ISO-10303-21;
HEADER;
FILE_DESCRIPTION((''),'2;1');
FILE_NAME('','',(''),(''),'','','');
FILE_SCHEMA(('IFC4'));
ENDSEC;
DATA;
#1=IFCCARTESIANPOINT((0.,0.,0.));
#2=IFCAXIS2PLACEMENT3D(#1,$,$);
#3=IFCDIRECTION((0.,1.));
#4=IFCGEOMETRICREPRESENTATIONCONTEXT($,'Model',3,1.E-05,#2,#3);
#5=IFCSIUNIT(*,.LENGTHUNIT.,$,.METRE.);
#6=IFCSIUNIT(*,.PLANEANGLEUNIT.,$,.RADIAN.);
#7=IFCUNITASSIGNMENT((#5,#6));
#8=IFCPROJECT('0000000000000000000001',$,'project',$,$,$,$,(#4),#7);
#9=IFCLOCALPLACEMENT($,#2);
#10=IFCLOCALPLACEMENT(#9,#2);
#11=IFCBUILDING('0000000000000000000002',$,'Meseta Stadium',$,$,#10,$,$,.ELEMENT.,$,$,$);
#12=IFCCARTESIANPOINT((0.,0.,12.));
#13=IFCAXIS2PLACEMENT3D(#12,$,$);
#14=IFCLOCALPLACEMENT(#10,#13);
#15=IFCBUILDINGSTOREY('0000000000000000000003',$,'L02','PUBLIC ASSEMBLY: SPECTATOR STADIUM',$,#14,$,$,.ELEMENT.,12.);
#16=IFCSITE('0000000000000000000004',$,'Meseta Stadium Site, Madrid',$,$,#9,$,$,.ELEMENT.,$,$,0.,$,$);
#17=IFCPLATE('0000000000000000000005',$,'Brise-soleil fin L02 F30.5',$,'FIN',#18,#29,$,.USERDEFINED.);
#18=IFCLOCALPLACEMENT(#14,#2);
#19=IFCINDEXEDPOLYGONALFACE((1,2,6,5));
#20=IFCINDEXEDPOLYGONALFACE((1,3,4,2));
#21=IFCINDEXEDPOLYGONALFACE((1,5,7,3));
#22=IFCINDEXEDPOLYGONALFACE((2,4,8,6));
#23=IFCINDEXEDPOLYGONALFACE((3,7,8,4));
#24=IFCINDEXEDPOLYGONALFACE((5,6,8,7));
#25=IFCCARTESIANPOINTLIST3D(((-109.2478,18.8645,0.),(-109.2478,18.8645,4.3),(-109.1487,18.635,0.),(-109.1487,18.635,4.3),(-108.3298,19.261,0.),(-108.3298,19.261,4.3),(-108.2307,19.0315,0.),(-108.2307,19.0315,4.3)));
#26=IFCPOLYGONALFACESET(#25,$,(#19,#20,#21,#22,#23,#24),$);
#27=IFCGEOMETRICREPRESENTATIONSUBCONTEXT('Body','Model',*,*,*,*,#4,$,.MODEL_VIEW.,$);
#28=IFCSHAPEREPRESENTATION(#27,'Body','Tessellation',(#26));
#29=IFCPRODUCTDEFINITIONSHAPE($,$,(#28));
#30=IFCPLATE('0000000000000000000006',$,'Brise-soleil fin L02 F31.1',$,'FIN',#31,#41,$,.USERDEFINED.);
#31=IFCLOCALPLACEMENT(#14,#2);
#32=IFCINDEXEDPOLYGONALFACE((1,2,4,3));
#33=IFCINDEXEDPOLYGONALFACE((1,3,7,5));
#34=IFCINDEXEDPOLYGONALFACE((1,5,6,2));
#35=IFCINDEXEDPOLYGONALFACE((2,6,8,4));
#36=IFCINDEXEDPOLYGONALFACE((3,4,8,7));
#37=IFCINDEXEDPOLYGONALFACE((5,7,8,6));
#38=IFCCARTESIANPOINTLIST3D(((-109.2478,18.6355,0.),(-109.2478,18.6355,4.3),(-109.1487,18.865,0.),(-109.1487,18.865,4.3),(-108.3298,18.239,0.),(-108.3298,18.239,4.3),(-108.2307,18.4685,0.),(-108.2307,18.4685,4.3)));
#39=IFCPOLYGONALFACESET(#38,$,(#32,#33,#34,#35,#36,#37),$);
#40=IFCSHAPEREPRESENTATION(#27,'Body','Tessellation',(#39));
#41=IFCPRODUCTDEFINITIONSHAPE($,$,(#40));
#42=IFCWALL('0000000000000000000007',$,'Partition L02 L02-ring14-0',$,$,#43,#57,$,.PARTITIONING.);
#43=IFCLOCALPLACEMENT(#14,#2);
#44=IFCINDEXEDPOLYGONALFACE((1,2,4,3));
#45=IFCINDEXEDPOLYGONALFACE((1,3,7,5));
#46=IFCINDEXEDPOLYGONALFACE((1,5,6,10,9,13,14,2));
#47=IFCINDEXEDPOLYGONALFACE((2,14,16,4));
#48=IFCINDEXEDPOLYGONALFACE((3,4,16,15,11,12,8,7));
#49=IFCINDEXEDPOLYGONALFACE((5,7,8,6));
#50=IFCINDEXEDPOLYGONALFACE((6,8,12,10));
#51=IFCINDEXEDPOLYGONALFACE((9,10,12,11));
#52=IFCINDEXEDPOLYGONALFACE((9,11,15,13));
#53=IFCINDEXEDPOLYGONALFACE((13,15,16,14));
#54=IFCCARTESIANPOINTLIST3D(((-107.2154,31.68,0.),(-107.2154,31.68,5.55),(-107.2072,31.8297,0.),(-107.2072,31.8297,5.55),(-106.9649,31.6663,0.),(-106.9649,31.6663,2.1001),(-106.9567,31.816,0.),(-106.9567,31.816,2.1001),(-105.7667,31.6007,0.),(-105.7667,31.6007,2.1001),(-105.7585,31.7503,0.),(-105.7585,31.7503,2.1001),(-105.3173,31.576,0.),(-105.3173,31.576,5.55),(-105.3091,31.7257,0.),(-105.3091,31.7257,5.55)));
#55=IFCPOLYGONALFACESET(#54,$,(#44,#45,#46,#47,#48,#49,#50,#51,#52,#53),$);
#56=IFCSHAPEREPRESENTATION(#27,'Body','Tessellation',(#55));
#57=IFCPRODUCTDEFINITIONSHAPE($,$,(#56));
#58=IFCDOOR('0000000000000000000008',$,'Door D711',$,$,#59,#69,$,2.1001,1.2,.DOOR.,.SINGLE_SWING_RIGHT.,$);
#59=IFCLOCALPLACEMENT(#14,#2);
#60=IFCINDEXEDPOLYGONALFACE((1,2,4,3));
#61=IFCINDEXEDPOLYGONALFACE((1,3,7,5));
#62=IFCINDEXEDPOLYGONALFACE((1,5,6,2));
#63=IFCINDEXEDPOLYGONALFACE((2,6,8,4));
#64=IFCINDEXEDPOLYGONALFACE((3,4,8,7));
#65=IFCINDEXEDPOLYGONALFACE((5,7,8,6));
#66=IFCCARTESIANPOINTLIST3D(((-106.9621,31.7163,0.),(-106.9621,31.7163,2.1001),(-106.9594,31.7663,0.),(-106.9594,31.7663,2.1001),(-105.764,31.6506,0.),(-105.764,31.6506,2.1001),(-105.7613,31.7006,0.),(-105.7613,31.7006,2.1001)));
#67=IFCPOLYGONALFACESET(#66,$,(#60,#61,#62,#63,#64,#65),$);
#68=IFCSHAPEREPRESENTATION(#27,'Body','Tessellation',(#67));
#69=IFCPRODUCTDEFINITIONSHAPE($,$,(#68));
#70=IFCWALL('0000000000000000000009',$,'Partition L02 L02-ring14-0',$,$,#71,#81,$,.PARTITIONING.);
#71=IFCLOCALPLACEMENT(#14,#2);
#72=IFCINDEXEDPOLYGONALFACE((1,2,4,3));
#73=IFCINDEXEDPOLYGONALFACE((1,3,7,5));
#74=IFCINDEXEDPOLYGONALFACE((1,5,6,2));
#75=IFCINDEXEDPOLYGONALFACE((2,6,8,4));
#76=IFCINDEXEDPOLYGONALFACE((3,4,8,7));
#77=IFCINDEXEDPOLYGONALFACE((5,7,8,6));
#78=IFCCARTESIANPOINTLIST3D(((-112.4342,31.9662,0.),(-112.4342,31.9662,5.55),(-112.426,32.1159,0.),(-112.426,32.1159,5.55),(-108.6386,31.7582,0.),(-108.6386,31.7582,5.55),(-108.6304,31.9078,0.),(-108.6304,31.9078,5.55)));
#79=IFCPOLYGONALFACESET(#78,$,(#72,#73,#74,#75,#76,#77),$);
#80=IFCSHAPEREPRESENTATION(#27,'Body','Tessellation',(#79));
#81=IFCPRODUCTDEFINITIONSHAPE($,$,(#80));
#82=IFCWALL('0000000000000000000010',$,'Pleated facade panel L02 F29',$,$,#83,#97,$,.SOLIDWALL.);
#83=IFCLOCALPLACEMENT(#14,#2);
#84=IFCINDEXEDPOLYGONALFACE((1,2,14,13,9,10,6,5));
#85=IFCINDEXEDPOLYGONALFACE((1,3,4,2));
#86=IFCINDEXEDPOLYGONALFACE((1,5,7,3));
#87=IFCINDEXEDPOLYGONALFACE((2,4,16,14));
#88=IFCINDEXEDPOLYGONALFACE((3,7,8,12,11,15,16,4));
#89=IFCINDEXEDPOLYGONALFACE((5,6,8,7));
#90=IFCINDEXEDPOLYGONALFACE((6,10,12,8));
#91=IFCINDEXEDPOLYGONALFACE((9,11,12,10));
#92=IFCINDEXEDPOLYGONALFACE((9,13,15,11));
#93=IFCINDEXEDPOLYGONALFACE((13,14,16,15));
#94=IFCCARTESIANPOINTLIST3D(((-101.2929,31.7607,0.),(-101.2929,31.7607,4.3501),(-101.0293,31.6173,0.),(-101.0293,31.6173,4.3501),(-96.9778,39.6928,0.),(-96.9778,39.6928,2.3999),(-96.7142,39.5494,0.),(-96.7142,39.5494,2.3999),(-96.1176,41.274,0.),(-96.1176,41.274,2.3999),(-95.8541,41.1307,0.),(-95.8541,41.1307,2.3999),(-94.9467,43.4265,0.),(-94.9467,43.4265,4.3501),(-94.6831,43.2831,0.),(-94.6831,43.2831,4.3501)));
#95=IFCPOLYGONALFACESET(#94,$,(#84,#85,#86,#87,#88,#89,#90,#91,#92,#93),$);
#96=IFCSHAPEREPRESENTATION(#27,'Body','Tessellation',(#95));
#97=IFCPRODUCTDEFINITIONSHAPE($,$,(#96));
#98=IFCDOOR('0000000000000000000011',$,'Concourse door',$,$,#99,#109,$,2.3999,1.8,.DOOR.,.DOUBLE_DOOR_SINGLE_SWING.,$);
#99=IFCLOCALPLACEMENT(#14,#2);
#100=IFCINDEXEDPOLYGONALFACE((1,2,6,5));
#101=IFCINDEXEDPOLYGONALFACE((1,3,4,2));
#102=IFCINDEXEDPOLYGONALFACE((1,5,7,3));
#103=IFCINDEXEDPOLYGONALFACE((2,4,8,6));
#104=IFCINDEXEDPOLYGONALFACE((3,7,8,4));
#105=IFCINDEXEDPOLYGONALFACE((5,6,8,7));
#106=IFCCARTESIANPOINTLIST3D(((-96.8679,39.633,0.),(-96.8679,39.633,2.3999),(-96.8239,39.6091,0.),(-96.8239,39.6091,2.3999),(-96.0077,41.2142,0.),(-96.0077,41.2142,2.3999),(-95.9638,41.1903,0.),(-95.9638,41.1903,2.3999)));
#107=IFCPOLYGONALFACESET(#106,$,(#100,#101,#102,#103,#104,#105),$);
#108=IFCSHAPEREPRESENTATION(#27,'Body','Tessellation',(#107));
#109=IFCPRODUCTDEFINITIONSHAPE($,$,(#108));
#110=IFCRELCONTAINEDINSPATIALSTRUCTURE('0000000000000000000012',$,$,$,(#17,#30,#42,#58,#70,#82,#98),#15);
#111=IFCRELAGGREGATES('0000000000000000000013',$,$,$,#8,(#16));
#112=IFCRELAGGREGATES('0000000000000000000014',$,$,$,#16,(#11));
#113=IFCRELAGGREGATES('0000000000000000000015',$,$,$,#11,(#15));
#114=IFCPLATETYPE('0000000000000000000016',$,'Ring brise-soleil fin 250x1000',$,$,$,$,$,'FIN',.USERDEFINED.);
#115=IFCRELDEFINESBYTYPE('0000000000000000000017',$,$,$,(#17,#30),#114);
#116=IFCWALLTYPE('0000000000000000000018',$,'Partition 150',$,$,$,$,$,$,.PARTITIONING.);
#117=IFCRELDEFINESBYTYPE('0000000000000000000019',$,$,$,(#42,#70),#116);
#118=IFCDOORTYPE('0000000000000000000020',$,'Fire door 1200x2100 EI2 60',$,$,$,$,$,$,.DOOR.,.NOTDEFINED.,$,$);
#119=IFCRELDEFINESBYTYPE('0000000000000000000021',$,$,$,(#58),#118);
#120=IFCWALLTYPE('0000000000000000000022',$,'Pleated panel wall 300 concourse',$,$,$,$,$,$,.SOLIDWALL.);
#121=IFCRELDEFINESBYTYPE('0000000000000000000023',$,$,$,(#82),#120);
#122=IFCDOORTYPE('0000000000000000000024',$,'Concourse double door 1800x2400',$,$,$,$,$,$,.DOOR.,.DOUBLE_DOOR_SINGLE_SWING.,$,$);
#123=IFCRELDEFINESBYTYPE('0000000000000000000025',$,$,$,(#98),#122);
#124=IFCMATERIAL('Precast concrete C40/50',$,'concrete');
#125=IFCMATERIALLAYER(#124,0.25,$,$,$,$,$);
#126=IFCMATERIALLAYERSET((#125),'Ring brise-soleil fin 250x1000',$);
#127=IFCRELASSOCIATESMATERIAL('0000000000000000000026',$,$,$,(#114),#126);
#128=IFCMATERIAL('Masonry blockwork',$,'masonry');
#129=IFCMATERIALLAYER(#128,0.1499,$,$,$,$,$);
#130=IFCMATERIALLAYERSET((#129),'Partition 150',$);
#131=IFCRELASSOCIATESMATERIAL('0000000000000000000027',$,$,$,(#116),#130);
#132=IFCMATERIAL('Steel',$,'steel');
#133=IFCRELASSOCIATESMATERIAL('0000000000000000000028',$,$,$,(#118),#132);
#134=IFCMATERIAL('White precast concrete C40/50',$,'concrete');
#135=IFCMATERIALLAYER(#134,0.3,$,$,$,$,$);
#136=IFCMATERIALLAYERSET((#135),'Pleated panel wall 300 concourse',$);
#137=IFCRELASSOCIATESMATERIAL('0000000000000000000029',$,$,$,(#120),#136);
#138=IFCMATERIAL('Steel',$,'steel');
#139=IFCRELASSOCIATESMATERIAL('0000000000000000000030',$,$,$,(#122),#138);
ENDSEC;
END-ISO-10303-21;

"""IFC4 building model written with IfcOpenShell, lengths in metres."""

from ifc_helpers import new_model, si_unit, direction, frame, frame_2d, origin, origin_2d, place, context, subcontext, project, spatial, rectangle, extrude, material, layer, layer_set, type_object, element, fill, save


model = new_model("IFC4")

# Units and contexts
model_context = context("Model", 3, precision=1e-05, world=origin(), true_north=direction((0.0, 1.0)))
body_context = subcontext(model_context, "Body", "Model", "MODEL_VIEW")
ifc_project = project(units=[si_unit("LENGTHUNIT", "METRE"), si_unit("PLANEANGLEUNIT", "RADIAN")], contexts=[model_context])

# Site, building, storey
site_placement = place(None, origin())
site = spatial("IfcSite", under=ifc_project, at=site_placement, Name="Meseta Stadium Site, Madrid", CompositionType="ELEMENT", RefElevation=0.0)
building_placement = place(site_placement, origin())
building = spatial("IfcBuilding", under=site, at=building_placement, Name="Meseta Stadium", CompositionType="ELEMENT")
storey_placement = place(building_placement, frame((0.0, 0.0, 12.0)))
storey = spatial("IfcBuildingStorey", under=building, at=storey_placement, Name="L02", Description="PUBLIC ASSEMBLY: SPECTATOR STADIUM", CompositionType="ELEMENT", Elevation=12.0)

# Plates
ifc_material_1 = material(Name="Precast concrete C40/50", Category="concrete")
ifc_layer_1 = layer(ifc_material_1, 0.25)
ifc_layer_set_1 = layer_set([ifc_layer_1], Name="Ring brise-soleil fin 250x1000")
plate_type_1 = type_object("IfcPlateType", Name="Ring brise-soleil fin 250x1000", ElementType="FIN", PredefinedType="USERDEFINED", material=ifc_layer_set_1)
for number, where, z_axis, x_axis, name in (
    (1, (-108.7393, 18.948, 0.0), (0.0, 0.0, 1.0), (0.396576, -0.918002, 0.0), "Brise-soleil fin L02 F30.5"),
    (2, (-108.7393, 18.552, 0.0), (0.0, 0.0, 1.0), (-0.396576, -0.918002, 0.0), "Brise-soleil fin L02 F31.1"),
):
    element("IfcPlate", number, at=place(storey_placement, frame(where, z_axis=z_axis, x_axis=x_axis)), inside=storey, type_object=plate_type_1, Name=name, ObjectType="FIN", PredefinedType="USERDEFINED", context=body_context, shape_type="SweptSolid", body=[
        extrude(rectangle(XDim=0.25, YDim=1.0, at=origin_2d()), origin(), (0.0, 0.0, 1.0), 4.3),
    ])

# Wall, opening, door
ifc_material_2 = material(Name="Masonry blockwork", Category="masonry")
ifc_layer_2 = layer(ifc_material_2, 0.1499)
ifc_layer_set_2 = layer_set([ifc_layer_2], Name="Partition 150")
wall_type_1 = type_object("IfcWallType", Name="Partition 150", PredefinedType="PARTITIONING", material=ifc_layer_set_2)
wall_1_placement = place(storey_placement, frame((-105.3132, 31.6509, 0.0), z_axis=(0.0, 0.0, 1.0), x_axis=(-0.998502, 0.054716, 0.0)))
wall_1 = element("IfcWall", 3, at=wall_1_placement, inside=storey, type_object=wall_type_1, Name="Partition L02 L02-ring14-0", PredefinedType="PARTITIONING", context=body_context, shape_type="SweptSolid", body=[
    extrude(rectangle(XDim=1.9009, YDim=0.1499, at=frame_2d((0.9504, 0.0))), origin(), (0.0, 0.0, 1.0), 5.55),
])
opening_1_placement = place(wall_1_placement, frame((0.45, 0.0, 0.0)))
opening_1 = element("IfcOpeningElement", 4, at=opening_1_placement, cuts=wall_1, PredefinedType="OPENING", context=body_context, shape_type="SweptSolid", body=[
    extrude(rectangle(XDim=1.2, YDim=2.1001, at=frame_2d((0.6001, 1.05))), frame((0.0, 0.085, 0.0), z_axis=(0.0, -1.0, 0.0), x_axis=(1.0, 0.0, 0.0)), (0.0, 0.0, 1.0), 0.1699),
])
ifc_material_3 = material(Name="Steel", Category="steel")
door_type_1 = type_object("IfcDoorType", Name="Fire door 1200x2100 EI2 60", OperationType="NOTDEFINED", PredefinedType="DOOR", material=ifc_material_3)
door_1_placement = place(opening_1_placement, origin())
door_1 = element("IfcDoor", 5, at=door_1_placement, inside=storey, type_object=door_type_1, Name="Door D711", OperationType="SINGLE_SWING_RIGHT", OverallHeight=2.1001, OverallWidth=1.2, PredefinedType="DOOR", context=body_context, shape_type="SweptSolid", body=[
    extrude(rectangle(XDim=1.2, YDim=2.1001, at=frame_2d((0.6001, 1.05))), frame((0.0, 0.0249, 0.0), z_axis=(0.0, -1.0, 0.0), x_axis=(1.0, 0.0, 0.0)), (0.0, 0.0, 1.0), 0.05),
])
fill(opening_1, door_1)

# Wall
wall_2_placement = place(storey_placement, frame((-108.6345, 31.833, 0.0), z_axis=(0.0, 0.0, 1.0), x_axis=(-0.998502, 0.054719, 0.0)))
element("IfcWall", 6, at=wall_2_placement, inside=storey, type_object=wall_type_1, Name="Partition L02 L02-ring14-0", PredefinedType="PARTITIONING", context=body_context, shape_type="SweptSolid", body=[
    extrude(rectangle(XDim=3.8013, YDim=0.1499, at=frame_2d((1.9006, 0.0))), origin(), (0.0, 0.0, 1.0), 5.55),
])

# Wall, opening, door
ifc_material_4 = material(Name="White precast concrete C40/50", Category="concrete")
ifc_layer_3 = layer(ifc_material_4, 0.3)
ifc_layer_set_3 = layer_set([ifc_layer_3], Name="Pleated panel wall 300 concourse")
wall_type_2 = type_object("IfcWallType", Name="Pleated panel wall 300 concourse", PredefinedType="SOLIDWALL", material=ifc_layer_set_3)
wall_3_placement = place(storey_placement, frame((-101.1611, 31.689, 0.0), z_axis=(0.0, 0.0, 1.0), x_axis=(0.477868, 0.878432, 0.0)))
wall_3 = element("IfcWall", 7, at=wall_3_placement, inside=storey, type_object=wall_type_2, Name="Pleated facade panel L02 F29", PredefinedType="SOLIDWALL", context=body_context, shape_type="SweptSolid", body=[
    extrude(rectangle(XDim=13.2803, YDim=0.3, at=frame_2d((6.6401, 0.0))), origin(), (0.0, 0.0, 1.0), 4.3501),
])
opening_2_placement = place(wall_3_placement, frame((9.03, 0.0, 0.0)))
opening_2 = element("IfcOpeningElement", 8, at=opening_2_placement, cuts=wall_3, PredefinedType="OPENING", context=body_context, shape_type="SweptSolid", body=[
    extrude(rectangle(XDim=1.8, YDim=2.3999, at=frame_2d((0.8999, 1.2))), frame((0.0, 0.1599, 0.0), z_axis=(0.0, -1.0, 0.0), x_axis=(1.0, 0.0, 0.0)), (0.0, 0.0, 1.0), 0.3201),
])
ifc_material_5 = material(Name="Steel", Category="steel")
door_type_2 = type_object("IfcDoorType", Name="Concourse double door 1800x2400", OperationType="DOUBLE_DOOR_SINGLE_SWING", PredefinedType="DOOR", material=ifc_material_5)
door_2_placement = place(opening_2_placement, origin())
door_2 = element("IfcDoor", 9, at=door_2_placement, inside=storey, type_object=door_type_2, Name="Concourse door", OperationType="DOUBLE_DOOR_SINGLE_SWING", OverallHeight=2.3999, OverallWidth=1.8, PredefinedType="DOOR", context=body_context, shape_type="SweptSolid", body=[
    extrude(rectangle(XDim=1.8, YDim=2.3999, at=frame_2d((0.8999, 1.2))), frame((0.0, 0.0249, 0.0), z_axis=(0.0, -1.0, 0.0), x_axis=(1.0, 0.0, 0.0)), (0.0, 0.0, 1.0), 0.05),
])
fill(opening_2, door_2)

save(model, "model.ifc")
